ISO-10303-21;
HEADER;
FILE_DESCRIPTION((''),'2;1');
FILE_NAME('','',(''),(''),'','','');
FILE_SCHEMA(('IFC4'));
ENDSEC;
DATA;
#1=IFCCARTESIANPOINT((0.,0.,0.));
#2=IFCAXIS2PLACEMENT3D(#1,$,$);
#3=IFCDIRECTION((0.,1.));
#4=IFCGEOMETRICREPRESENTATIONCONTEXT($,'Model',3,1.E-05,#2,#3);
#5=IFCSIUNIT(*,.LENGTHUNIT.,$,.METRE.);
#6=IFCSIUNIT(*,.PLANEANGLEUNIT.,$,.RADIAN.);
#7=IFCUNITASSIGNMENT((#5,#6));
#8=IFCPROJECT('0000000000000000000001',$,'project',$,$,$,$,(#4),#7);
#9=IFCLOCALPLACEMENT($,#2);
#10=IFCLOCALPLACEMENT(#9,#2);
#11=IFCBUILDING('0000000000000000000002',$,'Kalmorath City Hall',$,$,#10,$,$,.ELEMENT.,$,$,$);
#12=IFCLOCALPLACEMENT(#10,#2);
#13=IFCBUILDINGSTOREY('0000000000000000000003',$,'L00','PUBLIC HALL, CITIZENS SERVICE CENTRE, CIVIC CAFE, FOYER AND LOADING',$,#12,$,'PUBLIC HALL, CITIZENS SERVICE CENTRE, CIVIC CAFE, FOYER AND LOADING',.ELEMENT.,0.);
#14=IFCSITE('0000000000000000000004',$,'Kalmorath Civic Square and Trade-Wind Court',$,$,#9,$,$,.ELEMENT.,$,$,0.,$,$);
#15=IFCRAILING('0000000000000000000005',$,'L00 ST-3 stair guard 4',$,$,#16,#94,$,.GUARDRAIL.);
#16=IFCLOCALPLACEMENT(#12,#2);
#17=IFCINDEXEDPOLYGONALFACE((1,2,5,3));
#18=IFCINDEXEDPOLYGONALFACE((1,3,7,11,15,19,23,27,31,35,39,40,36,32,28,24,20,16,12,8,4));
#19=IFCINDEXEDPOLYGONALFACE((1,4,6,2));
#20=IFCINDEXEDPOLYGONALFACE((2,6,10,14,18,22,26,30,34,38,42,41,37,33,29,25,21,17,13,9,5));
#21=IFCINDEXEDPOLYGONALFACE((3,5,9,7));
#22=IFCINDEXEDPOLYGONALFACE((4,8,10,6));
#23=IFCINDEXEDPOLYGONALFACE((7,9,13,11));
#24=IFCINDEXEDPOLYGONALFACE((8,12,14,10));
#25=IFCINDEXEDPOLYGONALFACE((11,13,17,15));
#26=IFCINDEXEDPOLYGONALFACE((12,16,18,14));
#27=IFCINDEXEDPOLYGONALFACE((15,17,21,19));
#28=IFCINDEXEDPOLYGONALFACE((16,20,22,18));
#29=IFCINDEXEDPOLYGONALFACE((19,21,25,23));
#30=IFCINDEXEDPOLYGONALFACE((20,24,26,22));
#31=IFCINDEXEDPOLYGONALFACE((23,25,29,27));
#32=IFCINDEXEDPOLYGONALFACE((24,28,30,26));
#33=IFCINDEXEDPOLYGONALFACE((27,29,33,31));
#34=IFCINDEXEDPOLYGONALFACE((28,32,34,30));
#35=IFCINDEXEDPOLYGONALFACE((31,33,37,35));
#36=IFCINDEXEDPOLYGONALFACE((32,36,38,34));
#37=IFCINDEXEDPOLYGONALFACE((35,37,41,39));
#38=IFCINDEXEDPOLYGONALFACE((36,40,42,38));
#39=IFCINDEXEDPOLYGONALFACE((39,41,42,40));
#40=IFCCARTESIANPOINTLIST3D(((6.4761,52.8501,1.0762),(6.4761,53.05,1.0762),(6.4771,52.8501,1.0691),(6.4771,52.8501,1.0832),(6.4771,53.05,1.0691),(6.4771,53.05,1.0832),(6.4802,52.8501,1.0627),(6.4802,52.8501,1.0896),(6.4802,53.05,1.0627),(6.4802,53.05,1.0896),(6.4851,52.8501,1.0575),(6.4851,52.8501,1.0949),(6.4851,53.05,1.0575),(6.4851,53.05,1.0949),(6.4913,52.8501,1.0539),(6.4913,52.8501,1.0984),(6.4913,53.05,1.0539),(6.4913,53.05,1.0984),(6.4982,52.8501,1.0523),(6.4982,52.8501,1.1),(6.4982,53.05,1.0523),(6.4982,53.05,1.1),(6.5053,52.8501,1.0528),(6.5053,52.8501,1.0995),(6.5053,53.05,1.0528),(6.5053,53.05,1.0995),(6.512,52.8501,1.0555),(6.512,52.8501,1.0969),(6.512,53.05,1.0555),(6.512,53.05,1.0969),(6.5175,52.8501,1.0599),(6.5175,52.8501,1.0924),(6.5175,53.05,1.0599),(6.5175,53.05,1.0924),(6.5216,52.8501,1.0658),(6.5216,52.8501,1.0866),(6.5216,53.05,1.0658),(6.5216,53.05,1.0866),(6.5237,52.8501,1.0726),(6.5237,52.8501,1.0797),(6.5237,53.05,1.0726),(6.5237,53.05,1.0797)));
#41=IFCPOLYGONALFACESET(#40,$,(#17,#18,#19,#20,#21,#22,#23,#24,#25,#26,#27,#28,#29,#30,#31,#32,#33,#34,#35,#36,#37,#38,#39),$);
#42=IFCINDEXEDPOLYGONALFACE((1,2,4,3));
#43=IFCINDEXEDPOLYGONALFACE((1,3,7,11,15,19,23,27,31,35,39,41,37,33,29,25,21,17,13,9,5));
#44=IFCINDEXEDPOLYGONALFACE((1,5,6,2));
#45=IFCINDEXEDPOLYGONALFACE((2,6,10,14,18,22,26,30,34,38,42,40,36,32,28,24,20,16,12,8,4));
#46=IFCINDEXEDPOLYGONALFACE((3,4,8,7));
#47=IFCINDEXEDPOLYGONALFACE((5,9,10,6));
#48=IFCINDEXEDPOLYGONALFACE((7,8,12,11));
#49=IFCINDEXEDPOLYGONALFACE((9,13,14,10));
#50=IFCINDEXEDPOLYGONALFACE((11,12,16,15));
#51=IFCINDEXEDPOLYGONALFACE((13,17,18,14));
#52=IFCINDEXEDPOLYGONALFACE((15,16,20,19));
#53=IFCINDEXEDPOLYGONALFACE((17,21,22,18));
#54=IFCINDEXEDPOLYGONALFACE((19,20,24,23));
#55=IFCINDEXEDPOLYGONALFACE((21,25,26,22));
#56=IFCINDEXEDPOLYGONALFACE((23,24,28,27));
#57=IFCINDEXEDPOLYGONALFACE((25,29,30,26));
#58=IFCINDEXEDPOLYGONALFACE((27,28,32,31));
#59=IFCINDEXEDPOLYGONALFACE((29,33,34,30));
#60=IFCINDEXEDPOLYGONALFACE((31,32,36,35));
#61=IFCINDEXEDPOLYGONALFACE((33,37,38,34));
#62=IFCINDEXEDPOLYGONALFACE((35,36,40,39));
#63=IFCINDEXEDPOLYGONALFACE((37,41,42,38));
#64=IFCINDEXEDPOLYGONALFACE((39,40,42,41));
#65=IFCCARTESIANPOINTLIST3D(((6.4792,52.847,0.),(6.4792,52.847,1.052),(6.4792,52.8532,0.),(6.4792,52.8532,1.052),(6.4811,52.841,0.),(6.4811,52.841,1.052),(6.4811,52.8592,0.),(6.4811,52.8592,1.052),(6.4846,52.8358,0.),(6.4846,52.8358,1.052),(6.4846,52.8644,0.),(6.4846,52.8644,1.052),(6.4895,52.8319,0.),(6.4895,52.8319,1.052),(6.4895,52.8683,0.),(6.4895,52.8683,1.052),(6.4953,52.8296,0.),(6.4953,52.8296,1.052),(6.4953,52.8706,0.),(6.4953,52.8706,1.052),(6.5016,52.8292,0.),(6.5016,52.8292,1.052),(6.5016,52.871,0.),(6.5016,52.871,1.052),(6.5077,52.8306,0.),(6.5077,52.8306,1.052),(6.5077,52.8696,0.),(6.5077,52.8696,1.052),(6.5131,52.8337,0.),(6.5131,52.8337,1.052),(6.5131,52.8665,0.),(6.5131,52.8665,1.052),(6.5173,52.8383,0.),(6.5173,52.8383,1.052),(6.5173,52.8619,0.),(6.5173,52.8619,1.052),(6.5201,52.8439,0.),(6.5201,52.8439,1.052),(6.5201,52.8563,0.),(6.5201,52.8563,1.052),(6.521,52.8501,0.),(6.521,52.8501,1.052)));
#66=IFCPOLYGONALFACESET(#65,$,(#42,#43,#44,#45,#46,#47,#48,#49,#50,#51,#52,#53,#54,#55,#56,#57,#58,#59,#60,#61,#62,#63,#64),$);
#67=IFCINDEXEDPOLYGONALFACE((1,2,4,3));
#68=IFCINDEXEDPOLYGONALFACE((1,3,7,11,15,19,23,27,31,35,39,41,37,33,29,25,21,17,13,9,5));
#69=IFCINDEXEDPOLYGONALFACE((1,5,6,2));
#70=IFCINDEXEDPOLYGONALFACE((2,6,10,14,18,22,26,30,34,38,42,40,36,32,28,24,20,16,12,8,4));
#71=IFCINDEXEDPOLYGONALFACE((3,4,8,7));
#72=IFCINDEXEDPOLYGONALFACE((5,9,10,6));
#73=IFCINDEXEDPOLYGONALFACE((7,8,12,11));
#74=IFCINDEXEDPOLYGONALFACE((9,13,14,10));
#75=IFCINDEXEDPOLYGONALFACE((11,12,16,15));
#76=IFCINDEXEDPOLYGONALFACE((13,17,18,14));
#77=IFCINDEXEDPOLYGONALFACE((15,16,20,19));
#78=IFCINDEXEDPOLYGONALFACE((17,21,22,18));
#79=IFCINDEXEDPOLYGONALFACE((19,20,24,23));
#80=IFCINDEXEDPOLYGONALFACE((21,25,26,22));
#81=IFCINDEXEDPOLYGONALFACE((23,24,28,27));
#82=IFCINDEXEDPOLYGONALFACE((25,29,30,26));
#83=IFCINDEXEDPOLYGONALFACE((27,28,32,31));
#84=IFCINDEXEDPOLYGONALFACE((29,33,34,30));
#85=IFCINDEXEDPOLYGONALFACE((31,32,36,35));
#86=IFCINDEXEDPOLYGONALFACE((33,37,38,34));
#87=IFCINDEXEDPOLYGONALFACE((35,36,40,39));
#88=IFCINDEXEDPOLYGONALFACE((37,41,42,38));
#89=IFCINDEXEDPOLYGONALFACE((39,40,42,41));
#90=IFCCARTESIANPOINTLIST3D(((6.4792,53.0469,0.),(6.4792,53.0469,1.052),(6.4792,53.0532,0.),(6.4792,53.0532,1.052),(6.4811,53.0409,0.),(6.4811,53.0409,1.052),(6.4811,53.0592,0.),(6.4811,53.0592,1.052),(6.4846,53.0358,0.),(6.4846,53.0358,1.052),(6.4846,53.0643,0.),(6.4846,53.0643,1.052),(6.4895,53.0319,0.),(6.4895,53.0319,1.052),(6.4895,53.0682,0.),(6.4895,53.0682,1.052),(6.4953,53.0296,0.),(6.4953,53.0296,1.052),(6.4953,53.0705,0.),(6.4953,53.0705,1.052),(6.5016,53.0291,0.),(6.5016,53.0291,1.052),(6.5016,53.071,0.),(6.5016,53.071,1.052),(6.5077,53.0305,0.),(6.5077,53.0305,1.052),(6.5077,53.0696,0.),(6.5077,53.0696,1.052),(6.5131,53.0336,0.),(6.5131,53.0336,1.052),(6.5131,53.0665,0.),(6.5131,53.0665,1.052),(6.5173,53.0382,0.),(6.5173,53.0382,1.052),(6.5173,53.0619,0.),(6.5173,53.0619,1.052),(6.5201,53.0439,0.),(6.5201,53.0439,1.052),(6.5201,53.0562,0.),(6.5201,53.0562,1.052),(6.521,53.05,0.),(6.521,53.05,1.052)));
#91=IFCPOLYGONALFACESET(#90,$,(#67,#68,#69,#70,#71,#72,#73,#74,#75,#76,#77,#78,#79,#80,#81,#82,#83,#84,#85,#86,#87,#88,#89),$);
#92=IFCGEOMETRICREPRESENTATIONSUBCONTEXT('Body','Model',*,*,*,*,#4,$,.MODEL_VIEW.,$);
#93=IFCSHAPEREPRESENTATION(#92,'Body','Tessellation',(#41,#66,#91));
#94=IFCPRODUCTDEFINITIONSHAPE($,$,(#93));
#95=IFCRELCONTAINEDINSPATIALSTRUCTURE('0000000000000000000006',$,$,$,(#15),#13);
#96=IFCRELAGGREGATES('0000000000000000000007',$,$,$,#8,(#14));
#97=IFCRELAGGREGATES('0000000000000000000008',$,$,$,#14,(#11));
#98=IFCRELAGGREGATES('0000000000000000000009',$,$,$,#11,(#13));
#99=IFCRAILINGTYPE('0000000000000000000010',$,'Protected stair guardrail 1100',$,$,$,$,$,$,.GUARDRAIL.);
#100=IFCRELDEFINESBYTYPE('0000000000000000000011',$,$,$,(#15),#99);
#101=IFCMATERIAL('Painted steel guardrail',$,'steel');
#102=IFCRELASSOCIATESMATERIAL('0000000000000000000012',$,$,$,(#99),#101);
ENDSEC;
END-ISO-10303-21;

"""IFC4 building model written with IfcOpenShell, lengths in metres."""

from ifc_helpers import new_model, si_unit, direction, frame, origin, origin_2d, place, context, subcontext, project, spatial, circle, extrude, material, type_object, element, save


model = new_model("IFC4")

# Units and contexts
model_context = context("Model", 3, precision=1e-05, world=origin(), true_north=direction((0.0, 1.0)))
body_context = subcontext(model_context, "Body", "Model", "MODEL_VIEW")
ifc_project = project(units=[si_unit("LENGTHUNIT", "METRE"), si_unit("PLANEANGLEUNIT", "RADIAN")], contexts=[model_context])

# Site, building, storey
site_placement = place(None, origin())
site = spatial("IfcSite", under=ifc_project, at=site_placement, Name="Kalmorath Civic Square and Trade-Wind Court", CompositionType="ELEMENT", RefElevation=0.0)
building_placement = place(site_placement, origin())
building = spatial("IfcBuilding", under=site, at=building_placement, Name="Kalmorath City Hall", CompositionType="ELEMENT")
storey_placement = place(building_placement, origin())
storey = spatial("IfcBuildingStorey", under=building, at=storey_placement, Name="L00", Description="PUBLIC HALL, CITIZENS SERVICE CENTRE, CIVIC CAFE, FOYER AND LOADING", LongName="PUBLIC HALL, CITIZENS SERVICE CENTRE, CIVIC CAFE, FOYER AND LOADING", CompositionType="ELEMENT", Elevation=0.0)

# Railing
ifc_material_1 = material(Name="Painted steel guardrail", Category="steel")
railing_type_1 = type_object("IfcRailingType", Name="Protected stair guardrail 1100", PredefinedType="GUARDRAIL", material=ifc_material_1)
railing_1_placement = place(storey_placement, frame((6.5, 52.8501, 0.0)))
element("IfcRailing", 1, at=railing_1_placement, inside=storey, type_object=railing_type_1, Name="L00 ST-3 stair guard 4", PredefinedType="GUARDRAIL", context=body_context, shape_type="SweptSolid", body=[
    extrude(circle(Radius=0.0239, at=origin_2d()), frame((0.0, 0.0, 1.0762), z_axis=(0.0, 1.0, 0.0), x_axis=(-1.0, 0.0, 0.0)), (0.0, 0.0, 1.0), 0.2),
    extrude(circle(Radius=0.021, at=origin_2d()), origin(), (0.0, 0.0, 1.0), 1.052),
    extrude(circle(Radius=0.021, at=origin_2d()), frame((0.0, 0.2, 0.0)), (0.0, 0.0, 1.0), 1.052),
])

save(model, "model.ifc")
